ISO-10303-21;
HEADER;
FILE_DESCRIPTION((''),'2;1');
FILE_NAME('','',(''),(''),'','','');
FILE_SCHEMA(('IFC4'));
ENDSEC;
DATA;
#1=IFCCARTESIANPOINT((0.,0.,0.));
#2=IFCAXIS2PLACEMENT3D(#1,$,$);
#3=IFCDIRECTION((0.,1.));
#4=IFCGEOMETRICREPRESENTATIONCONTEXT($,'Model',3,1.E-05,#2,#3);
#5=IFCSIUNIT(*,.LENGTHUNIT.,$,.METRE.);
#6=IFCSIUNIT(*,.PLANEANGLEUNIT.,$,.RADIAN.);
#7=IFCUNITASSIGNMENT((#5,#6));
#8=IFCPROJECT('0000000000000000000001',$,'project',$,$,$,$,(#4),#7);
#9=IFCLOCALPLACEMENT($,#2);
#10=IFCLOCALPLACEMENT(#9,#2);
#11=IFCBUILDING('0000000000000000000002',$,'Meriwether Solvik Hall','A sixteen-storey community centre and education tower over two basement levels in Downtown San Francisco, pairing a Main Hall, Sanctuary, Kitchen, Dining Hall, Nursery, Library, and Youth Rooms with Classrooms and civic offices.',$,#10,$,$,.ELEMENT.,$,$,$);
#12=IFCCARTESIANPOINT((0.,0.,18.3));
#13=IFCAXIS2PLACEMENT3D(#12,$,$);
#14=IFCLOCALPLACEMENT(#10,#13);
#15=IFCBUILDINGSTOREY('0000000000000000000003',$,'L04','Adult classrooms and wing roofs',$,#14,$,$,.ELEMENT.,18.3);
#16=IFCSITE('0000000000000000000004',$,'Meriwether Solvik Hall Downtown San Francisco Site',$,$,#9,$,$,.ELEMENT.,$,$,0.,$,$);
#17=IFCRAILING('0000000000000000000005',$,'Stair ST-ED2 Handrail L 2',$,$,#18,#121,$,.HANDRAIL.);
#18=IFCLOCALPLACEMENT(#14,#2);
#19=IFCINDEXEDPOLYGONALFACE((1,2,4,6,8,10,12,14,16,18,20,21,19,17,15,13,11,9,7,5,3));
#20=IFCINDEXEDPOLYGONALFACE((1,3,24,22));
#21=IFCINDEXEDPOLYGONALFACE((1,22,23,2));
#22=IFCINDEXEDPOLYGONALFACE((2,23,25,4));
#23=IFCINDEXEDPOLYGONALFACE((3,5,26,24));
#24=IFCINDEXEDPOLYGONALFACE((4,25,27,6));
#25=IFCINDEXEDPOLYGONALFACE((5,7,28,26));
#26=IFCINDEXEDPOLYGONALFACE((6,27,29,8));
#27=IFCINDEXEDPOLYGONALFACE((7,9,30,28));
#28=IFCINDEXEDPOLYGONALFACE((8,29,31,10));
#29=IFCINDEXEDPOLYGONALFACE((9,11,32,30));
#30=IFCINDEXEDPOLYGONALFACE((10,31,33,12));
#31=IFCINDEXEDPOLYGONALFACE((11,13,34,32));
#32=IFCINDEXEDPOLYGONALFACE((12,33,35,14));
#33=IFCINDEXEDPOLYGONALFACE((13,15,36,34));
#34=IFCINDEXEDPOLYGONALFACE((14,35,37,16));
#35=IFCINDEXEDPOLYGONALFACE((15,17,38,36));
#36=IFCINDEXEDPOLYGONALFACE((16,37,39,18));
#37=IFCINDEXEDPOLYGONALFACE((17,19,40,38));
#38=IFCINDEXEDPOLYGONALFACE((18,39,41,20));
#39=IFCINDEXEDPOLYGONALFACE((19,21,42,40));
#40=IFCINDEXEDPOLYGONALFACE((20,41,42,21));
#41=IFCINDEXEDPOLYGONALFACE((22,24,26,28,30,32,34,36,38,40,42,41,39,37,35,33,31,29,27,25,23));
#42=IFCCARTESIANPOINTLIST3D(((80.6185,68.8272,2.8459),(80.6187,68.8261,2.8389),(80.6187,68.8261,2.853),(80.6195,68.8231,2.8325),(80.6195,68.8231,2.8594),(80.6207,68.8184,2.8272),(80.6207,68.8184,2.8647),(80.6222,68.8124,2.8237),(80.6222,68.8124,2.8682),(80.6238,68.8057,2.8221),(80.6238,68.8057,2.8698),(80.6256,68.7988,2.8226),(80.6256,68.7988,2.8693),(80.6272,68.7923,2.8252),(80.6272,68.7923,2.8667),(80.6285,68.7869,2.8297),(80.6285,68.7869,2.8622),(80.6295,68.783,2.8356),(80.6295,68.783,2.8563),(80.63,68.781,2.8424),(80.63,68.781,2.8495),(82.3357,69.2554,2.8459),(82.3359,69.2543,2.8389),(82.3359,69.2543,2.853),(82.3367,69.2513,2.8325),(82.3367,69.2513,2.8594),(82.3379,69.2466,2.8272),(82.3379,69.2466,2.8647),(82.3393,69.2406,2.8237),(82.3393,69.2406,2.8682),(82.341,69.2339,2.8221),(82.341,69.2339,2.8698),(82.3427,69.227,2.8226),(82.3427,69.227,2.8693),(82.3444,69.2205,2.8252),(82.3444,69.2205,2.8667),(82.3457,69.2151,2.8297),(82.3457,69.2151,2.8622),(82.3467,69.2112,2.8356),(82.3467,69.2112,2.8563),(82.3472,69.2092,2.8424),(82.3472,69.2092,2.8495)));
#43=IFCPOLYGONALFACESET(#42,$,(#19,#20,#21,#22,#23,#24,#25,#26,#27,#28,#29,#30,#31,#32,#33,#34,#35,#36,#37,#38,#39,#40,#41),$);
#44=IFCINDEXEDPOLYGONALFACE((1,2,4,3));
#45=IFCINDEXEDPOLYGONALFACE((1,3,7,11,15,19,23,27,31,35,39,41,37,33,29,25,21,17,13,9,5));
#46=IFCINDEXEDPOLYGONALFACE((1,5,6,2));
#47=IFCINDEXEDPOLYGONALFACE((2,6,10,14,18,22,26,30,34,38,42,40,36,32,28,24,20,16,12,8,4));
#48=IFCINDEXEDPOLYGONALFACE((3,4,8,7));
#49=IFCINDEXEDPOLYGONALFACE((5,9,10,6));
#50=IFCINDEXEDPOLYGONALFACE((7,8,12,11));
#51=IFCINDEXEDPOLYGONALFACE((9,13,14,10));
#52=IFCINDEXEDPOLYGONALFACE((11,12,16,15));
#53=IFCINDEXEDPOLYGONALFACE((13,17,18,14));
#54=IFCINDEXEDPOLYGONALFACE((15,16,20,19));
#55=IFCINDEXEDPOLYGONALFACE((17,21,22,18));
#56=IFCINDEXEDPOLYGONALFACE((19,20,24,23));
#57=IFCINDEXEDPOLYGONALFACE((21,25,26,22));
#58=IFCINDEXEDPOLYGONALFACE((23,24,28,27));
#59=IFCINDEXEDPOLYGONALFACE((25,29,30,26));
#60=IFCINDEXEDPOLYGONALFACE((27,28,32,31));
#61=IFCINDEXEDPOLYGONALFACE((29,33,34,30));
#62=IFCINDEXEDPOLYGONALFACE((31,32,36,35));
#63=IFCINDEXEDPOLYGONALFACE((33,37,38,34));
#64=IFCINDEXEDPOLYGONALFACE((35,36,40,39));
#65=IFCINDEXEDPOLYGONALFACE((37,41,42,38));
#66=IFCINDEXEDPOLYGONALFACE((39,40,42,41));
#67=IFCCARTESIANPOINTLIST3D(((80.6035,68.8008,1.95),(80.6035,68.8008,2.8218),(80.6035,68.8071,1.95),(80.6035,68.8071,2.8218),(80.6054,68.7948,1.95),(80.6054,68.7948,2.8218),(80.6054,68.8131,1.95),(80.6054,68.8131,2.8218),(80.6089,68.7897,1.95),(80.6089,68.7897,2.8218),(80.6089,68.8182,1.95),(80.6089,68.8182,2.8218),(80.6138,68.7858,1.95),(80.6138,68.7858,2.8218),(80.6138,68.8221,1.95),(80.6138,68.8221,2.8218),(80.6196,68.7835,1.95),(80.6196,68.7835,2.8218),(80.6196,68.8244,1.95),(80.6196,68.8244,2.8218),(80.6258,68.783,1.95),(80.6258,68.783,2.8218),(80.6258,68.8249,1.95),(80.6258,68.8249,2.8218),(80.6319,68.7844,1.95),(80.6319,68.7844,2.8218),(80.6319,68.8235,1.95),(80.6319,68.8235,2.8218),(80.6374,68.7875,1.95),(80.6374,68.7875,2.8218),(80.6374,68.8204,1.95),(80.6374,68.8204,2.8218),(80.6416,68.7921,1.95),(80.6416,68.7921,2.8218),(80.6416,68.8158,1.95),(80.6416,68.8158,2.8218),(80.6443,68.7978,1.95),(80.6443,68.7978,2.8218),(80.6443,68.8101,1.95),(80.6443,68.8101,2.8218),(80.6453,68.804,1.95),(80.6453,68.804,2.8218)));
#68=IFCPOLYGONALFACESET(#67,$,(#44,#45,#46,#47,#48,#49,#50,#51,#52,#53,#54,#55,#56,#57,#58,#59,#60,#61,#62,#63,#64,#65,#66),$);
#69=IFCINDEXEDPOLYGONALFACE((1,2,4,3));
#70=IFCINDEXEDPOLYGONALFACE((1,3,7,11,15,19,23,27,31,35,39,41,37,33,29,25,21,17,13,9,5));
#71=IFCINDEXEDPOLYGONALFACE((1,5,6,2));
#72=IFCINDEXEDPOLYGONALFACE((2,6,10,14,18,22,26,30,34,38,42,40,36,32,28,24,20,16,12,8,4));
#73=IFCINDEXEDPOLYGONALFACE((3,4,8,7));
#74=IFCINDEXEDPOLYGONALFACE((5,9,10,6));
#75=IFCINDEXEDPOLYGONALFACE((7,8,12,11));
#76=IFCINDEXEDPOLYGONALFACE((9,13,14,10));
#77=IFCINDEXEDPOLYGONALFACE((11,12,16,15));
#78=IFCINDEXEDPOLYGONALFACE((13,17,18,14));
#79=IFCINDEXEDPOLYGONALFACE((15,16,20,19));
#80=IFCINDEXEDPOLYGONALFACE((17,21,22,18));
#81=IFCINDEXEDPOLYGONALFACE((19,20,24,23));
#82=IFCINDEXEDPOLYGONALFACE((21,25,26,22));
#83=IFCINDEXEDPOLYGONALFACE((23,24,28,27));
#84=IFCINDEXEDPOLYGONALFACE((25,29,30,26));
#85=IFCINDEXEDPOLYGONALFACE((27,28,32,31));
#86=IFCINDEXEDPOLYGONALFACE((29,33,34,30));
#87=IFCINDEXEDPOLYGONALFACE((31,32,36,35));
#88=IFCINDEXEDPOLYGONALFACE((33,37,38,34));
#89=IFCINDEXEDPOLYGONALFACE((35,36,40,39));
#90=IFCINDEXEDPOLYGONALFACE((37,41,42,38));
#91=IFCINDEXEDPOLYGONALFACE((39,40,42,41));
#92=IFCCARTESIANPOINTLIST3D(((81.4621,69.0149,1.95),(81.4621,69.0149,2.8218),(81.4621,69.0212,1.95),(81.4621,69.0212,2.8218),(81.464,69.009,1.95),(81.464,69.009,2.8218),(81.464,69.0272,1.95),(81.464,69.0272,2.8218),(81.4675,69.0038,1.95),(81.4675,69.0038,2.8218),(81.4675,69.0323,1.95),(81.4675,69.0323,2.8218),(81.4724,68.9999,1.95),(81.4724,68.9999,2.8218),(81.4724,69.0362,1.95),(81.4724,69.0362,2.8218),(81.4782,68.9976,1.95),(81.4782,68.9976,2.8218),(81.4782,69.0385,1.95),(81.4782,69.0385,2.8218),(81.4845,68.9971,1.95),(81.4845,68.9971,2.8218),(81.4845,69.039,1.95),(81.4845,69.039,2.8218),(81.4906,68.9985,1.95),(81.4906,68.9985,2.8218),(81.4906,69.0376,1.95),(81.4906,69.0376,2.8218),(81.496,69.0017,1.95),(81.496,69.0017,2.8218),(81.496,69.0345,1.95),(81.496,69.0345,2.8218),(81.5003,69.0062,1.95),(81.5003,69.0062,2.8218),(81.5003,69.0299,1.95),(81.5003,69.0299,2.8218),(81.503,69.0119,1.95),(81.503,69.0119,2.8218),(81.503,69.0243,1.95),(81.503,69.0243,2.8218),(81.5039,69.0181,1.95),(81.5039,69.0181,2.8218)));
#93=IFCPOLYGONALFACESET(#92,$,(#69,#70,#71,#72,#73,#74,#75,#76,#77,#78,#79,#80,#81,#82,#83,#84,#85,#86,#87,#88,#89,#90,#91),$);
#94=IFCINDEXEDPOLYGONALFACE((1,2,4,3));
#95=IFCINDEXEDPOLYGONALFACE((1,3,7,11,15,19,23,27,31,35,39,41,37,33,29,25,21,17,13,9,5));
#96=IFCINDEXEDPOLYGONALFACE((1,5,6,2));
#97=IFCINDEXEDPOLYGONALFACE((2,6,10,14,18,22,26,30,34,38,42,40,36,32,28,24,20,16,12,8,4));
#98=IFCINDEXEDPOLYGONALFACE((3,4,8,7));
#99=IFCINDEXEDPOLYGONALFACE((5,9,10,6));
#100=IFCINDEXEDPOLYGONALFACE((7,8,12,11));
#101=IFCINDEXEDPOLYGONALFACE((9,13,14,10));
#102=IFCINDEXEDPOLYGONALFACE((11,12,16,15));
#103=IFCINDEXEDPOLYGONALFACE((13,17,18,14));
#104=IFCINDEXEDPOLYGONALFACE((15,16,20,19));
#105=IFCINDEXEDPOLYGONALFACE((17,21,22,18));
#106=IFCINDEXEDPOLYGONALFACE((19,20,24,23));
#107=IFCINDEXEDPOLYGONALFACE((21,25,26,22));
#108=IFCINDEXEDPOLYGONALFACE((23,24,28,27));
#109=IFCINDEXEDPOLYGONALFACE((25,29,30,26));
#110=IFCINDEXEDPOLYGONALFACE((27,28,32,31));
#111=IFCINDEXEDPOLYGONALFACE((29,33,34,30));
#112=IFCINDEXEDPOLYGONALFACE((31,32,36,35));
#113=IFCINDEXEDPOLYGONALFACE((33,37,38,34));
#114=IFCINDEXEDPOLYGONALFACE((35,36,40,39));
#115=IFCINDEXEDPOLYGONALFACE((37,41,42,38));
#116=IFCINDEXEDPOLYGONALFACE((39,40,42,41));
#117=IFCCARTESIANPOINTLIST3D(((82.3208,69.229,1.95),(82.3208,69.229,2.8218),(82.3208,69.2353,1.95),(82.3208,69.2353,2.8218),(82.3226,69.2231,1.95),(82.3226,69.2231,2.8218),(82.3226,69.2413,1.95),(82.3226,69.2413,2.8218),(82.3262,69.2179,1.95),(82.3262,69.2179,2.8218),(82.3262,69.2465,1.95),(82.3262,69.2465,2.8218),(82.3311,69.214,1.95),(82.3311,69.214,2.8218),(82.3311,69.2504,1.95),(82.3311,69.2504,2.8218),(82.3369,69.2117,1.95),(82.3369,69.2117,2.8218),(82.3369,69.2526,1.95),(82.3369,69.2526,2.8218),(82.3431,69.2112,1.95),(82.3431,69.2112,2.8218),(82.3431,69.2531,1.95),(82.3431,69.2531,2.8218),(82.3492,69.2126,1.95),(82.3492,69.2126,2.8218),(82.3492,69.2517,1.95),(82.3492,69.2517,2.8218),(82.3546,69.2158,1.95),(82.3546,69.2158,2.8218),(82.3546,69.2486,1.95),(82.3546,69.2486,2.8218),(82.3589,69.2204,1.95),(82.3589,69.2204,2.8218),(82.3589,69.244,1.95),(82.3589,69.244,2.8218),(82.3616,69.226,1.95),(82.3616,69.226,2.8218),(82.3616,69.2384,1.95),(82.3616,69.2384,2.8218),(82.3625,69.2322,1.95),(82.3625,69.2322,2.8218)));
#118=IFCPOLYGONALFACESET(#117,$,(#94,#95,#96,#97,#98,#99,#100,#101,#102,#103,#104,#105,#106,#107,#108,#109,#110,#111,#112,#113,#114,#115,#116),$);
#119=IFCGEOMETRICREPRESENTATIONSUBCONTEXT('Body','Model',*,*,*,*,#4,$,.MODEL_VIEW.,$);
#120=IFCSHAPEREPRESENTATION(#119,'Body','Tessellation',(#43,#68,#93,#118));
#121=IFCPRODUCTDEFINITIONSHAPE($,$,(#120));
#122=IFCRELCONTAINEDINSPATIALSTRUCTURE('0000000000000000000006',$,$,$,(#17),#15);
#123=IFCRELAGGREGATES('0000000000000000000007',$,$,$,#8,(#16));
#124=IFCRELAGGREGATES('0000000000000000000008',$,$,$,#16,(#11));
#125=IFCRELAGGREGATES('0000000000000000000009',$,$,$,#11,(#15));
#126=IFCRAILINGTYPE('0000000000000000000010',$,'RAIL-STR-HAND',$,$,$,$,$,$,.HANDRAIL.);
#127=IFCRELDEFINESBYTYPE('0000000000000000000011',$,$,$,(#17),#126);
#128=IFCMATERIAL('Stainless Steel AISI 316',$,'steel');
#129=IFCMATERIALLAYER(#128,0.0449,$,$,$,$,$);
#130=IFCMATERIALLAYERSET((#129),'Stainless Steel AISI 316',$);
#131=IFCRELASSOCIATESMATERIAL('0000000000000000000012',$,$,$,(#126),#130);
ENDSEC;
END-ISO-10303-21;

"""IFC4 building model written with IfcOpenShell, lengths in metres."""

from ifc_helpers import new_model, si_unit, direction, frame, origin, origin_2d, place, context, subcontext, project, spatial, circle, extrude, material, layer, layer_set, type_object, element, save


model = new_model("IFC4")

# Units and contexts
model_context = context("Model", 3, precision=1e-05, world=origin(), true_north=direction((0.0, 1.0)))
body_context = subcontext(model_context, "Body", "Model", "MODEL_VIEW")
ifc_project = project(units=[si_unit("LENGTHUNIT", "METRE"), si_unit("PLANEANGLEUNIT", "RADIAN")], contexts=[model_context])

# Site, building, storey
site_placement = place(None, origin())
site = spatial("IfcSite", under=ifc_project, at=site_placement, Name="Meriwether Solvik Hall Downtown San Francisco Site", CompositionType="ELEMENT", RefElevation=0.0)
building_placement = place(site_placement, origin())
building = spatial("IfcBuilding", under=site, at=building_placement, Name="Meriwether Solvik Hall", Description="A sixteen-storey community centre and education tower over two basement levels in Downtown San Francisco, pairing a Main Hall, Sanctuary, Kitchen, Dining Hall, Nursery, Library, and Youth Rooms with Classrooms and civic offices.", CompositionType="ELEMENT")
storey_placement = place(building_placement, frame((0.0, 0.0, 18.3)))
storey = spatial("IfcBuildingStorey", under=building, at=storey_placement, Name="L04", Description="Adult classrooms and wing roofs", CompositionType="ELEMENT", Elevation=18.3)

# Railing
ifc_material_1 = material(Name="Stainless Steel AISI 316", Category="steel")
ifc_layer_1 = layer(ifc_material_1, 0.0449)
ifc_layer_set_1 = layer_set([ifc_layer_1], Name="Stainless Steel AISI 316")
railing_type_1 = type_object("IfcRailingType", Name="RAIL-STR-HAND", PredefinedType="HANDRAIL", material=ifc_layer_set_1)
railing_1_placement = place(storey_placement, frame((80.6243, 68.804, 1.95)))
element("IfcRailing", 1, at=railing_1_placement, inside=storey, type_object=railing_type_1, Name="Stair ST-ED2 Handrail L 2", PredefinedType="HANDRAIL", context=body_context, shape_type="SweptSolid", body=[
    extrude(circle(Radius=0.0239, at=origin_2d()), frame((0.0, 0.0, 0.896), z_axis=(0.970288, 0.241951, 0.0), x_axis=(-0.241951, 0.970288, 0.0)), (0.0, 0.0, 1.0), 1.7698),
    extrude(circle(Radius=0.021, at=origin_2d()), origin(), (0.0, 0.0, 1.0), 0.8718),
    extrude(circle(Radius=0.021, at=origin_2d()), frame((0.8586, 0.2141, 0.0)), (0.0, 0.0, 1.0), 0.8718),
    extrude(circle(Radius=0.021, at=origin_2d()), frame((1.7173, 0.4282, 0.0)), (0.0, 0.0, 1.0), 0.8718),
])

save(model, "model.ifc")
